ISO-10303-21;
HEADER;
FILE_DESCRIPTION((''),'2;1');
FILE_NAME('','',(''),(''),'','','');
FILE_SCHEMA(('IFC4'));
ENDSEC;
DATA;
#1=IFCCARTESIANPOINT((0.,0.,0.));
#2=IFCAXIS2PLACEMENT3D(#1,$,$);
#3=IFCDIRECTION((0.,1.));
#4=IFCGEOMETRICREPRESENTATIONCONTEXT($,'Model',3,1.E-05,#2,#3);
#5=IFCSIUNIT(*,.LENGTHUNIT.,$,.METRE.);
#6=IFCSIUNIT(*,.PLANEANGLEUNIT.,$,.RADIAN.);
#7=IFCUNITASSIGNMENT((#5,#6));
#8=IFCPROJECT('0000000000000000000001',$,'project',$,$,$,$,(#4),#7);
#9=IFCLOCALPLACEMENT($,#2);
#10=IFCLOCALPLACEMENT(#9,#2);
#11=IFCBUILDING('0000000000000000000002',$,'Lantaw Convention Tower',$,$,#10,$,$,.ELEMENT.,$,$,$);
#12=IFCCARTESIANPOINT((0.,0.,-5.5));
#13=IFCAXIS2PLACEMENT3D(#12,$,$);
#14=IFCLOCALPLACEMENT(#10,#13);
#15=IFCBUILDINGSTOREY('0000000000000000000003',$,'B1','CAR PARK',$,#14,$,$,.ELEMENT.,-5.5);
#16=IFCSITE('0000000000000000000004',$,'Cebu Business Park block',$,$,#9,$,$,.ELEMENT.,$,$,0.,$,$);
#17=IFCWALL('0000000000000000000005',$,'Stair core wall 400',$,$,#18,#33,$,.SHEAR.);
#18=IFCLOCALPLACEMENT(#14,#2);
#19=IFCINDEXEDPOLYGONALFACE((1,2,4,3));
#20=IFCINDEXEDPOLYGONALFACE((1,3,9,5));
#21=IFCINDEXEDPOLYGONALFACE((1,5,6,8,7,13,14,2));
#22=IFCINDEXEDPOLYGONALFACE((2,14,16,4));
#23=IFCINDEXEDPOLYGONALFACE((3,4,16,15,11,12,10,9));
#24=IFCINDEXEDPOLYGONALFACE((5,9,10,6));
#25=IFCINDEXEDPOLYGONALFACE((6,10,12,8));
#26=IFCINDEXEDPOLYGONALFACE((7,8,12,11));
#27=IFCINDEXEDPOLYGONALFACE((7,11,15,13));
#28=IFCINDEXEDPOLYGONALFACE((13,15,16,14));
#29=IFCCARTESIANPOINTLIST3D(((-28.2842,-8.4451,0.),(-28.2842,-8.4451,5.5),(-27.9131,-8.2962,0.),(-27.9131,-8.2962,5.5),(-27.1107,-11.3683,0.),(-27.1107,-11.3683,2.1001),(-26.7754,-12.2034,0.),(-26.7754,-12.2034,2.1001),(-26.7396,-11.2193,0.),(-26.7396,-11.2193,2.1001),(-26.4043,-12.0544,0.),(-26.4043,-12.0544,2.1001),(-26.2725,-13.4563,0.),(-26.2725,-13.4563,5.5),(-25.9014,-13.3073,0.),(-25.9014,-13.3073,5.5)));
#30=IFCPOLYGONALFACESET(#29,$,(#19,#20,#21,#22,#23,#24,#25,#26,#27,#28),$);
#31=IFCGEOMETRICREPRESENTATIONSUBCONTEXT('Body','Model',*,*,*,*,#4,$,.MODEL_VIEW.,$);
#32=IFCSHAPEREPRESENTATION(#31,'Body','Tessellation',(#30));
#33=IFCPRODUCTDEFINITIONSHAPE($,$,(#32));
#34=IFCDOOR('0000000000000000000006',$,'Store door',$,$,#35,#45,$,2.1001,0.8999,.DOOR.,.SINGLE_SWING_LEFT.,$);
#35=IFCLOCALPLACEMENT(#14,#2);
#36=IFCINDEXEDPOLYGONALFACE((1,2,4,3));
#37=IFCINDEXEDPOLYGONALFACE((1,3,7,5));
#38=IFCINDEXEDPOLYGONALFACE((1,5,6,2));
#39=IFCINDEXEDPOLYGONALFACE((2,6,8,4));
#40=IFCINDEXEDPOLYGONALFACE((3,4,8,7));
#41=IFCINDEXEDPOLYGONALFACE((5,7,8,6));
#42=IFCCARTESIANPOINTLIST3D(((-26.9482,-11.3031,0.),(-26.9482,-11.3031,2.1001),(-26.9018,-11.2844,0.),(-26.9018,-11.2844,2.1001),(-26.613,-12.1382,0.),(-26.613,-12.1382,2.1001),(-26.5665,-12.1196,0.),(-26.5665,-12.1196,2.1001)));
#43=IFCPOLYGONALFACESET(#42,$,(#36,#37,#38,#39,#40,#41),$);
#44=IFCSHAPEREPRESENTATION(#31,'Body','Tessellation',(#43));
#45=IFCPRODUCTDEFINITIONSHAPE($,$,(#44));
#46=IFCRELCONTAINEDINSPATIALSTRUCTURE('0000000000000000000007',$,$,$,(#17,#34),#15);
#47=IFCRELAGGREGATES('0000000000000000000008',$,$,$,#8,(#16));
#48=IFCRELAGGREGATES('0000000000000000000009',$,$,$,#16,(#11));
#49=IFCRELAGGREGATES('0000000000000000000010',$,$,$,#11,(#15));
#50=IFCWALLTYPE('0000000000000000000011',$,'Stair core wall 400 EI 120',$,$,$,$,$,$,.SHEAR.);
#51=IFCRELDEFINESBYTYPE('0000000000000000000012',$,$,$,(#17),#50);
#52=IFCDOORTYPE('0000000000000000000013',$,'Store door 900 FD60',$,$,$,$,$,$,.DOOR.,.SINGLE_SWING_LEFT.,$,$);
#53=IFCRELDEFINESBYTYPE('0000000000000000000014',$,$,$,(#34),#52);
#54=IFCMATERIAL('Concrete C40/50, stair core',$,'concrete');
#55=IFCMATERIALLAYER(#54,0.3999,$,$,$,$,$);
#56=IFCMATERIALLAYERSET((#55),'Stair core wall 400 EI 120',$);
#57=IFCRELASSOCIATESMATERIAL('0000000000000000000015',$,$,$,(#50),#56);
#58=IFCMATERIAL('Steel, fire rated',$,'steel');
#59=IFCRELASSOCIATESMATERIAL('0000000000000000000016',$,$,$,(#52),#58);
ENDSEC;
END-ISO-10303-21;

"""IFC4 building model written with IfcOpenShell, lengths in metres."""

from ifc_helpers import new_model, si_unit, direction, frame, frame_2d, origin, place, context, subcontext, project, spatial, rectangle, extrude, material, layer, layer_set, type_object, element, fill, save


model = new_model("IFC4")

# Units and contexts
model_context = context("Model", 3, precision=1e-05, world=origin(), true_north=direction((0.0, 1.0)))
body_context = subcontext(model_context, "Body", "Model", "MODEL_VIEW")
ifc_project = project(units=[si_unit("LENGTHUNIT", "METRE"), si_unit("PLANEANGLEUNIT", "RADIAN")], contexts=[model_context])

# Site, building, storey
site_placement = place(None, origin())
site = spatial("IfcSite", under=ifc_project, at=site_placement, Name="Cebu Business Park block", CompositionType="ELEMENT", RefElevation=0.0)
building_placement = place(site_placement, origin())
building = spatial("IfcBuilding", under=site, at=building_placement, Name="Lantaw Convention Tower", CompositionType="ELEMENT")
storey_placement = place(building_placement, frame((0.0, 0.0, -5.5)))
storey = spatial("IfcBuildingStorey", under=building, at=storey_placement, Name="B1", Description="CAR PARK", CompositionType="ELEMENT", Elevation=-5.5)

# Wall, opening, door
ifc_material_1 = material(Name="Concrete C40/50, stair core", Category="concrete")
ifc_layer_1 = layer(ifc_material_1, 0.3999)
ifc_layer_set_1 = layer_set([ifc_layer_1], Name="Stair core wall 400 EI 120")
wall_type_1 = type_object("IfcWallType", Name="Stair core wall 400 EI 120", PredefinedType="SHEAR", material=ifc_layer_set_1)
wall_1_placement = place(storey_placement, frame((-26.0869, -13.3818, 0.0), z_axis=(0.0, 0.0, 1.0), x_axis=(-0.372544, 0.928015, 0.0)))
wall_1 = element("IfcWall", 1, at=wall_1_placement, inside=storey, type_object=wall_type_1, Name="Stair core wall 400", PredefinedType="SHEAR", context=body_context, shape_type="SweptSolid", body=[
    extrude(rectangle(XDim=5.3999, YDim=0.3999, at=frame_2d((2.7, 0.0))), origin(), (0.0, 0.0, 1.0), 5.5),
])
opening_placement = place(wall_1_placement, frame((1.3501, 0.0, 0.0)))
opening = element("IfcOpeningElement", 2, at=opening_placement, cuts=wall_1, PredefinedType="OPENING", context=body_context, shape_type="SweptSolid", body=[
    extrude(rectangle(XDim=0.8999, YDim=2.1001, at=frame_2d((0.45, 1.05))), frame((0.0, 0.21, 0.0), z_axis=(0.0, -1.0, 0.0), x_axis=(1.0, 0.0, 0.0)), (0.0, 0.0, 1.0), 0.4199),
])
ifc_material_2 = material(Name="Steel, fire rated", Category="steel")
door_type = type_object("IfcDoorType", Name="Store door 900 FD60", OperationType="SINGLE_SWING_LEFT", PredefinedType="DOOR", material=ifc_material_2)
door_placement = place(opening_placement, origin())
door = element("IfcDoor", 3, at=door_placement, inside=storey, type_object=door_type, Name="Store door", OperationType="SINGLE_SWING_LEFT", OverallHeight=2.1001, OverallWidth=0.8999, PredefinedType="DOOR", context=body_context, shape_type="SweptSolid", body=[
    extrude(rectangle(XDim=0.8999, YDim=2.1001, at=frame_2d((0.45, 1.05))), frame((0.0, 0.0249, 0.0), z_axis=(0.0, -1.0, 0.0), x_axis=(1.0, 0.0, 0.0)), (0.0, 0.0, 1.0), 0.05),
])
fill(opening, door)

save(model, "model.ifc")
